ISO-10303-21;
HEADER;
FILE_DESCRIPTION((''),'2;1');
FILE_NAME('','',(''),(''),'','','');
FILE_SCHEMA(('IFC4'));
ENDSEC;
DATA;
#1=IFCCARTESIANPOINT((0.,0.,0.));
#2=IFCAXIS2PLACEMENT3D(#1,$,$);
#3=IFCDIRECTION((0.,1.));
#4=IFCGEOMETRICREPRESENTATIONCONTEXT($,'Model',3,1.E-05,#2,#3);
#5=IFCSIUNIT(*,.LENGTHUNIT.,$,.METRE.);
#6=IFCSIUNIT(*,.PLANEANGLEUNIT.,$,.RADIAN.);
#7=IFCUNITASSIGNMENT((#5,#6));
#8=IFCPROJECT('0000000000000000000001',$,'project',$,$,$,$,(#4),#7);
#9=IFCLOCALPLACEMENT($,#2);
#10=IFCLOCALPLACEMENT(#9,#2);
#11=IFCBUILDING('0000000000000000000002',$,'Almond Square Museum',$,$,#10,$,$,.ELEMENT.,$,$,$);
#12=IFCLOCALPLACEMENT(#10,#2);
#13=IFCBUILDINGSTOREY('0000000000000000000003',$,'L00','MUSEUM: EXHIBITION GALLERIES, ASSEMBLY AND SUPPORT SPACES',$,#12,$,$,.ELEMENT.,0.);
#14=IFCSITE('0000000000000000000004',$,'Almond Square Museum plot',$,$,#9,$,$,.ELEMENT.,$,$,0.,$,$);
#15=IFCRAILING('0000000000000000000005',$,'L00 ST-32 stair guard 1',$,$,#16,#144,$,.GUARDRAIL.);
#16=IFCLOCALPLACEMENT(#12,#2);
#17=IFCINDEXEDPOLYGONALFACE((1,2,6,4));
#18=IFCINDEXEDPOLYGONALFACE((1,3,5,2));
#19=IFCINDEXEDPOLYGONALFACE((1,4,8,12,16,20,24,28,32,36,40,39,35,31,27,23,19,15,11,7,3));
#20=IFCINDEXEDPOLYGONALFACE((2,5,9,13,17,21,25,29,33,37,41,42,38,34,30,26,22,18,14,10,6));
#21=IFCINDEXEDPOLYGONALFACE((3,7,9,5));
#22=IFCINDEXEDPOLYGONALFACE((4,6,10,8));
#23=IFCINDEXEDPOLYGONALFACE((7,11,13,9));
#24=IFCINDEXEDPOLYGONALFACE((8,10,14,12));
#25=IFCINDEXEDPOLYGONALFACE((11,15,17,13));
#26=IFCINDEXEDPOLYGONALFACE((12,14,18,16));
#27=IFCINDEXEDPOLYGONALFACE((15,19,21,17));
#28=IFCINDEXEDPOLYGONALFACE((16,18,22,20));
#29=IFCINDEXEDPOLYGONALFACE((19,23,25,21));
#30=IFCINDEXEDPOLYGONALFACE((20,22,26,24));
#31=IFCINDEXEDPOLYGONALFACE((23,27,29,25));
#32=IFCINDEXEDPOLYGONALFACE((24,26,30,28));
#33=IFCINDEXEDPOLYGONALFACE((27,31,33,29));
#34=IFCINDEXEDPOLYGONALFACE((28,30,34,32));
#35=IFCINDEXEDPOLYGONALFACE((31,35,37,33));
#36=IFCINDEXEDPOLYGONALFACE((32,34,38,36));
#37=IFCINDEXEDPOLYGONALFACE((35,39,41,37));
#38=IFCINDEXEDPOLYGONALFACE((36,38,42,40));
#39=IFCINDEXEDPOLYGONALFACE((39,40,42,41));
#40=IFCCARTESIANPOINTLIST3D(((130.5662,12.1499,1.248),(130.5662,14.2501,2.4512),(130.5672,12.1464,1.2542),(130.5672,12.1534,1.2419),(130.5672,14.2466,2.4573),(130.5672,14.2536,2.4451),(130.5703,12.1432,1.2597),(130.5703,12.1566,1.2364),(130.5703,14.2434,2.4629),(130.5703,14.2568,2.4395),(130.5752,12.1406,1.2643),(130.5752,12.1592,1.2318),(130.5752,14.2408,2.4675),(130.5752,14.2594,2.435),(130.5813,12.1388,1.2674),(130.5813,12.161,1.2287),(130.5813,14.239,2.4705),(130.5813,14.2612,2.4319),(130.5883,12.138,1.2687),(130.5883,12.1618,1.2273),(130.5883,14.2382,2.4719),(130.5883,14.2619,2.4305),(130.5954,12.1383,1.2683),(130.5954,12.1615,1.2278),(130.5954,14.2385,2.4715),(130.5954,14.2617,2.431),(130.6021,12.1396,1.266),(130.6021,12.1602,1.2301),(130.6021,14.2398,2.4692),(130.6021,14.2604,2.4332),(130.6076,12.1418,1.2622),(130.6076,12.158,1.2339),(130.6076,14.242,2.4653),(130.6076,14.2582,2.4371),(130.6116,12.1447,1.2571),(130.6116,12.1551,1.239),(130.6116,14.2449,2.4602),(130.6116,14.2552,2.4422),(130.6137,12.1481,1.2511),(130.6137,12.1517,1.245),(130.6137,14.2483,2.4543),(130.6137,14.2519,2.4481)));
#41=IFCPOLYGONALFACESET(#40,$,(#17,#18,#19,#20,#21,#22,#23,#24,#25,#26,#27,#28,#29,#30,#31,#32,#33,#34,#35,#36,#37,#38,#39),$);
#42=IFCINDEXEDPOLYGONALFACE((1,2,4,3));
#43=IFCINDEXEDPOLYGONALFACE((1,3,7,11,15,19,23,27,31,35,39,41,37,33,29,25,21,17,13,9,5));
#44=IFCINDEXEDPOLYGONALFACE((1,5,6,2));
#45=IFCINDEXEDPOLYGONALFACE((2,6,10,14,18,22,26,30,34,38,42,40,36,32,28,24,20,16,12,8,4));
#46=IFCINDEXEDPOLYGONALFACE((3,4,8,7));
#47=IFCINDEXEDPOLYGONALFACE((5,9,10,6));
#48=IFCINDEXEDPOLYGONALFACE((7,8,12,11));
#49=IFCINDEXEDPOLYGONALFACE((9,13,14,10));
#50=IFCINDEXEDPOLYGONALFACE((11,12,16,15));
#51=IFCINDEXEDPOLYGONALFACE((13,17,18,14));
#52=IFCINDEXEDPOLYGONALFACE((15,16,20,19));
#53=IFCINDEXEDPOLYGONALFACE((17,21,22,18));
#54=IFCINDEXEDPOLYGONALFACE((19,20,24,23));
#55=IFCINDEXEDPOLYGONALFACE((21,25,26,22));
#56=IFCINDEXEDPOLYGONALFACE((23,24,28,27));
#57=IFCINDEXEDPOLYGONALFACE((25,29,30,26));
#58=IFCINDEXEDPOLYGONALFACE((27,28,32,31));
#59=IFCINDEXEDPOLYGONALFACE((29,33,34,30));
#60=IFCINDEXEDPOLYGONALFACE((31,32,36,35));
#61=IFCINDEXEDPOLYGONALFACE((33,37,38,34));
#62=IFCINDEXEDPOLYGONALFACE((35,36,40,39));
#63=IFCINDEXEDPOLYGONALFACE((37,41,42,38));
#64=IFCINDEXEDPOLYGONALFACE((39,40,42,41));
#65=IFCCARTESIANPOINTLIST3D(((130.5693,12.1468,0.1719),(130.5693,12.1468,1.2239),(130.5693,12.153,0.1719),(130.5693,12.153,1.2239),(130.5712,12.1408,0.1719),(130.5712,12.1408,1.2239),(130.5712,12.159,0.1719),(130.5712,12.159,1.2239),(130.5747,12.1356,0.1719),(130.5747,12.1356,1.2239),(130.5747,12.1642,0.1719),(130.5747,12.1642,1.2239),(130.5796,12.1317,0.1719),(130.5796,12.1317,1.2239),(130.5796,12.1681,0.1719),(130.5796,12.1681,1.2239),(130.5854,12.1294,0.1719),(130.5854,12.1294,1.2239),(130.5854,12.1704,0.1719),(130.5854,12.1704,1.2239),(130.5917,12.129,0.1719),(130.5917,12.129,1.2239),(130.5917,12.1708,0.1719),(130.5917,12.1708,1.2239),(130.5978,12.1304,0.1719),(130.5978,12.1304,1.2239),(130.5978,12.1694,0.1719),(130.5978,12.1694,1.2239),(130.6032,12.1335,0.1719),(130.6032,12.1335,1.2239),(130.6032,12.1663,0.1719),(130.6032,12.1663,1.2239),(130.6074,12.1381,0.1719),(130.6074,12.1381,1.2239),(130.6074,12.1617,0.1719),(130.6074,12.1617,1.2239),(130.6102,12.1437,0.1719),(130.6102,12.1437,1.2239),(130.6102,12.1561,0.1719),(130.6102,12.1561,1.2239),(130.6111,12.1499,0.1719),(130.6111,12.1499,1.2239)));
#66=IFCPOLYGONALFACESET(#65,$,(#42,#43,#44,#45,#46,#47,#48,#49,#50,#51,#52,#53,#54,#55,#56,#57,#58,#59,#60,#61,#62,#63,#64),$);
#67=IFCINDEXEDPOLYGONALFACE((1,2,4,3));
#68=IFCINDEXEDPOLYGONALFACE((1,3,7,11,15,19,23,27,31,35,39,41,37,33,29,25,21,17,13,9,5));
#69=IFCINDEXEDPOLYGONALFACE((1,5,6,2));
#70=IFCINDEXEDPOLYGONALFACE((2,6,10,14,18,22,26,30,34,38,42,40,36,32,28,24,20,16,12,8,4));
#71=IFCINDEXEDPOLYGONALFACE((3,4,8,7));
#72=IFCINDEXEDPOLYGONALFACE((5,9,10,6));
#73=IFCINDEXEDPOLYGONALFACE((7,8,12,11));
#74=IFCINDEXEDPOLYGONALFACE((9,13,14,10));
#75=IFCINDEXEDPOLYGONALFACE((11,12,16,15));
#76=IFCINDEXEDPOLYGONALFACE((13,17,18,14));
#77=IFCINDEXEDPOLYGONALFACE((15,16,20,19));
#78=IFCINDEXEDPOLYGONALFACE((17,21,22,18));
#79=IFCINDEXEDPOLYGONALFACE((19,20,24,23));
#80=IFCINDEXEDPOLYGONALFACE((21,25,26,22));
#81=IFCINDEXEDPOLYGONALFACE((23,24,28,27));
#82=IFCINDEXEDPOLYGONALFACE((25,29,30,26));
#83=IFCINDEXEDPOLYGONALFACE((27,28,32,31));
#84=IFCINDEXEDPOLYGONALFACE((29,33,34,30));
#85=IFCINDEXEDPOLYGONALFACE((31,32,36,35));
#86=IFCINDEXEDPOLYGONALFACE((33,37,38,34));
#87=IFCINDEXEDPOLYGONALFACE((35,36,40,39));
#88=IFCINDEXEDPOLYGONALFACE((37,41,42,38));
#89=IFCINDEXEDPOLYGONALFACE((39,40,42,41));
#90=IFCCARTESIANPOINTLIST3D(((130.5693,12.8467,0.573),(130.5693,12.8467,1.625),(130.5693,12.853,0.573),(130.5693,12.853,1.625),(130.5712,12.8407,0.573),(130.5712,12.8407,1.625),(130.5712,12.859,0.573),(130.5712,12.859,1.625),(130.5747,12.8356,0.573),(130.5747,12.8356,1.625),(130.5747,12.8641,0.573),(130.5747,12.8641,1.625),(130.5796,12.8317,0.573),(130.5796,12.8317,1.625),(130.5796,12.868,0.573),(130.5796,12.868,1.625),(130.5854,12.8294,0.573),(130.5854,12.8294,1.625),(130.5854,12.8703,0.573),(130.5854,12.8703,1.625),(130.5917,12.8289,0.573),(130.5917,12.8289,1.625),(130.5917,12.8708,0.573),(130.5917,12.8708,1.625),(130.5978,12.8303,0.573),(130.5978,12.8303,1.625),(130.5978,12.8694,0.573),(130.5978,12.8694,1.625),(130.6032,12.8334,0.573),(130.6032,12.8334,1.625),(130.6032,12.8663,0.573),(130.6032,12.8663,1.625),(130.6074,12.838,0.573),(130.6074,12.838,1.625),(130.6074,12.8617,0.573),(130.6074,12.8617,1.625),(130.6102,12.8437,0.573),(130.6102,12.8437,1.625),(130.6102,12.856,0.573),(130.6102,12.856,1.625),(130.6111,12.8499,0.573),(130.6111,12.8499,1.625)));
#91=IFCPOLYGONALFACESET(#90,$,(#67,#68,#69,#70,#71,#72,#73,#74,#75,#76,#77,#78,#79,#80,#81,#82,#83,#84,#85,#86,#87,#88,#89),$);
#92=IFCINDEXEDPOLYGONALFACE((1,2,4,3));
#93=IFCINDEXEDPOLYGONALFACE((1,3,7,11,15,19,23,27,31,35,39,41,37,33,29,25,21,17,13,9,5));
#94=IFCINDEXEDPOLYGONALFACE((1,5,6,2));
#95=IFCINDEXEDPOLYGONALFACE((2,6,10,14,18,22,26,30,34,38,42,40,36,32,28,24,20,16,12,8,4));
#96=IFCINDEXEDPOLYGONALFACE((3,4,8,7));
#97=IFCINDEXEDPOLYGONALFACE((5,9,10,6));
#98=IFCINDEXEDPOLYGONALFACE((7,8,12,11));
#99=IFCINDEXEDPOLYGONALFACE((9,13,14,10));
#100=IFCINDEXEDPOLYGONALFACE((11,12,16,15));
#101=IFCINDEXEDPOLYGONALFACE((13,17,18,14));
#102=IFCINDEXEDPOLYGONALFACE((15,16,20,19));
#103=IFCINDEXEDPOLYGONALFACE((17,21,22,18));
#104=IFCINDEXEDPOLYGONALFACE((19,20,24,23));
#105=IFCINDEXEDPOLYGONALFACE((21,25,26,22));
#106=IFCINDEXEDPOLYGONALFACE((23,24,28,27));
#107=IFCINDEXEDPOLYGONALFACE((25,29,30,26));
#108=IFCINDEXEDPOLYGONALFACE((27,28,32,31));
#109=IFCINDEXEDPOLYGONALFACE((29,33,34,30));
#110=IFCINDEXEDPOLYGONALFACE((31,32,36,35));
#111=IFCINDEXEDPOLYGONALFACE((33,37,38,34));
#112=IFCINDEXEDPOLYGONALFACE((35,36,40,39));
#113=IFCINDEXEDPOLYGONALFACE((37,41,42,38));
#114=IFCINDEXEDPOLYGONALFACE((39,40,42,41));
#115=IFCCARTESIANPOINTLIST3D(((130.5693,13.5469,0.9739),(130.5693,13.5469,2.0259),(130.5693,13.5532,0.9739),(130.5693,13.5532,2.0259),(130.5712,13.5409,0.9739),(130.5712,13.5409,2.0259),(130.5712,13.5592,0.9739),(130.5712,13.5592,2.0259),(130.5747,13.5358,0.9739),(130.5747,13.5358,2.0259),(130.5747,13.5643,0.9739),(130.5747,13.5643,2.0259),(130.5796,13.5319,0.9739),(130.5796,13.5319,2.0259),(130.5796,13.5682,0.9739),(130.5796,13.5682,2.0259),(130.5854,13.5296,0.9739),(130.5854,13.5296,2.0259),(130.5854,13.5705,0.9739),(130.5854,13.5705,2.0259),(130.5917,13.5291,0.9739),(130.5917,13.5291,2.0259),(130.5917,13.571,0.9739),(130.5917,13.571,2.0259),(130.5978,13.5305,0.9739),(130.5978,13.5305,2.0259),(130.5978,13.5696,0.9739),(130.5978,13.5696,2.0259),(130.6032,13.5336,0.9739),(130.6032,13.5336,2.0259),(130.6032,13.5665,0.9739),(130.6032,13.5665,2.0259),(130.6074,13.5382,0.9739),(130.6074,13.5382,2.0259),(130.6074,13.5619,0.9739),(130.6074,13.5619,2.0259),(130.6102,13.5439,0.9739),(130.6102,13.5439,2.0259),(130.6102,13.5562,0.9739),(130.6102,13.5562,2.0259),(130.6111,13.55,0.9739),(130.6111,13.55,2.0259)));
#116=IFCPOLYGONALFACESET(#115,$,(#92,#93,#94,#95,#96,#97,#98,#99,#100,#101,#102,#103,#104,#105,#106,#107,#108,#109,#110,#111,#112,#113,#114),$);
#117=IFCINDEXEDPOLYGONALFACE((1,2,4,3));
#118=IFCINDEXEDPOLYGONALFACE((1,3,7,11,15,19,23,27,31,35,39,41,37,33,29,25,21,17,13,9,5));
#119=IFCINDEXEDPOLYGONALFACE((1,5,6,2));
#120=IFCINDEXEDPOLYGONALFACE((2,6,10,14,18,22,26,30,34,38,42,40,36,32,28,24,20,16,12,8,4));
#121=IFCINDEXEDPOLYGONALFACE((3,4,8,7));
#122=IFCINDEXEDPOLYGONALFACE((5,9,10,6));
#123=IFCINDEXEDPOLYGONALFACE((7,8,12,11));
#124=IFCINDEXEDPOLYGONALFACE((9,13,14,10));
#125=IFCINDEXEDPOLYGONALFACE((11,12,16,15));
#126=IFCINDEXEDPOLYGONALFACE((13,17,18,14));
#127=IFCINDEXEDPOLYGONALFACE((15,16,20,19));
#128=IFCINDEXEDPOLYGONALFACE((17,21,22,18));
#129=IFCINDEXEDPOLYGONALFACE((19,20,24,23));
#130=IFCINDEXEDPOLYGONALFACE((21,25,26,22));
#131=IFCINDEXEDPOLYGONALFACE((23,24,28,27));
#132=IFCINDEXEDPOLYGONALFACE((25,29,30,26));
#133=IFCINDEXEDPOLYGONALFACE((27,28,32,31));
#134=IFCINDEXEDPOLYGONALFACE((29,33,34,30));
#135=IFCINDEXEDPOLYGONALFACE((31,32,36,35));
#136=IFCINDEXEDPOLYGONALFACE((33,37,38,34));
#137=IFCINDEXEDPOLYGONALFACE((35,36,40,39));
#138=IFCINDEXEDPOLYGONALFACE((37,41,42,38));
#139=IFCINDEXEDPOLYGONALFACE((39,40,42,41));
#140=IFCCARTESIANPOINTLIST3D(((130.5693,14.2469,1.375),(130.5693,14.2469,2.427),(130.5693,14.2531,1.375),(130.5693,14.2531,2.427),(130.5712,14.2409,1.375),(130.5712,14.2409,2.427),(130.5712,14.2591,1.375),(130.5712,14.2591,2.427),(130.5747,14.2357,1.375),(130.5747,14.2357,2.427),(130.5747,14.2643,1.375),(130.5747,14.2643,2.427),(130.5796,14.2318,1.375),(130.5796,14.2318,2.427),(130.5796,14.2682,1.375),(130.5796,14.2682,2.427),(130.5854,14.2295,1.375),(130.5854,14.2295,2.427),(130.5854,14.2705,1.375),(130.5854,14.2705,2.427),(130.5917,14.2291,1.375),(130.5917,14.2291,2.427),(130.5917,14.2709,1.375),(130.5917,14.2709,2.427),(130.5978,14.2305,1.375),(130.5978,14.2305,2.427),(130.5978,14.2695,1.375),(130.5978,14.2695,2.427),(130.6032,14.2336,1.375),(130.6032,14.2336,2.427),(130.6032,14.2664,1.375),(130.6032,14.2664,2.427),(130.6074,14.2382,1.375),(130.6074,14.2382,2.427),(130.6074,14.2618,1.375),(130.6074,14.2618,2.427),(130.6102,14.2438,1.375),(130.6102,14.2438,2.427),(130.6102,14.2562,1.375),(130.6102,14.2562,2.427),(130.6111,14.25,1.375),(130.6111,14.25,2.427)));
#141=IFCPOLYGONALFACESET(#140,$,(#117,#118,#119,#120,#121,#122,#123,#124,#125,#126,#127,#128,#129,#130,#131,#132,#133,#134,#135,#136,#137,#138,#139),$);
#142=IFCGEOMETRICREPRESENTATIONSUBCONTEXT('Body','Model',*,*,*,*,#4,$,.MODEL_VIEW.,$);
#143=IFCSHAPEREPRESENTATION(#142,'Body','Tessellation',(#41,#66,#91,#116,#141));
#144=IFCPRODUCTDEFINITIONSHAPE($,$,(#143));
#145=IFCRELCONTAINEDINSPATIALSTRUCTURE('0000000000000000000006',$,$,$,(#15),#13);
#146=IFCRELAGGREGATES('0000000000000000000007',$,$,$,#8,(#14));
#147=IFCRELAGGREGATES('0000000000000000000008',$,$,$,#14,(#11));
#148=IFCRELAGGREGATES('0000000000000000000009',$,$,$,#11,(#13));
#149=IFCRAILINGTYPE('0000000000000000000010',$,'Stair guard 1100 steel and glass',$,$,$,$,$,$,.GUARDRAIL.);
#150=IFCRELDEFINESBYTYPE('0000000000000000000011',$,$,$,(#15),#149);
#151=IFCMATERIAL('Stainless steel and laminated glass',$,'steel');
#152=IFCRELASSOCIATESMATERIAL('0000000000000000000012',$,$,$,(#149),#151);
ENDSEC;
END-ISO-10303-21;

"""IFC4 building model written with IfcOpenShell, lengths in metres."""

from ifc_helpers import new_model, si_unit, direction, frame, origin, origin_2d, place, context, subcontext, project, spatial, circle, extrude, material, type_object, element, save


model = new_model("IFC4")

# Units and contexts
model_context = context("Model", 3, precision=1e-05, world=origin(), true_north=direction((0.0, 1.0)))
body_context = subcontext(model_context, "Body", "Model", "MODEL_VIEW")
ifc_project = project(units=[si_unit("LENGTHUNIT", "METRE"), si_unit("PLANEANGLEUNIT", "RADIAN")], contexts=[model_context])

# Site, building, storey
site_placement = place(None, origin())
site = spatial("IfcSite", under=ifc_project, at=site_placement, Name="Almond Square Museum plot", CompositionType="ELEMENT", RefElevation=0.0)
building_placement = place(site_placement, origin())
building = spatial("IfcBuilding", under=site, at=building_placement, Name="Almond Square Museum", CompositionType="ELEMENT")
storey_placement = place(building_placement, origin())
storey = spatial("IfcBuildingStorey", under=building, at=storey_placement, Name="L00", Description="MUSEUM: EXHIBITION GALLERIES, ASSEMBLY AND SUPPORT SPACES", CompositionType="ELEMENT", Elevation=0.0)

# Railing
ifc_material_1 = material(Name="Stainless steel and laminated glass", Category="steel")
railing_type_1 = type_object("IfcRailingType", Name="Stair guard 1100 steel and glass", PredefinedType="GUARDRAIL", material=ifc_material_1)
railing_1_placement = place(storey_placement, frame((130.5901, 12.1499, 0.1719)))
element("IfcRailing", 1, at=railing_1_placement, inside=storey, type_object=railing_type_1, Name="L00 ST-32 stair guard 1", PredefinedType="GUARDRAIL", context=body_context, shape_type="SweptSolid", body=[
    extrude(circle(Radius=0.0239, at=origin_2d()), frame((0.0, 0.0, 1.0762), z_axis=(0.0, 0.867696, 0.497095), x_axis=(-1.0, 0.0, 0.0)), (0.0, 0.0, 1.0), 2.4204),
    extrude(circle(Radius=0.021, at=origin_2d()), origin(), (0.0, 0.0, 1.0), 1.052),
    extrude(circle(Radius=0.021, at=origin_2d()), frame((0.0, 0.7, 0.4011)), (0.0, 0.0, 1.0), 1.052),
    extrude(circle(Radius=0.021, at=origin_2d()), frame((0.0, 1.4001, 0.802)), (0.0, 0.0, 1.0), 1.052),
    extrude(circle(Radius=0.021, at=origin_2d()), frame((0.0, 2.1001, 1.2031)), (0.0, 0.0, 1.0), 1.052),
])

save(model, "model.ifc")
